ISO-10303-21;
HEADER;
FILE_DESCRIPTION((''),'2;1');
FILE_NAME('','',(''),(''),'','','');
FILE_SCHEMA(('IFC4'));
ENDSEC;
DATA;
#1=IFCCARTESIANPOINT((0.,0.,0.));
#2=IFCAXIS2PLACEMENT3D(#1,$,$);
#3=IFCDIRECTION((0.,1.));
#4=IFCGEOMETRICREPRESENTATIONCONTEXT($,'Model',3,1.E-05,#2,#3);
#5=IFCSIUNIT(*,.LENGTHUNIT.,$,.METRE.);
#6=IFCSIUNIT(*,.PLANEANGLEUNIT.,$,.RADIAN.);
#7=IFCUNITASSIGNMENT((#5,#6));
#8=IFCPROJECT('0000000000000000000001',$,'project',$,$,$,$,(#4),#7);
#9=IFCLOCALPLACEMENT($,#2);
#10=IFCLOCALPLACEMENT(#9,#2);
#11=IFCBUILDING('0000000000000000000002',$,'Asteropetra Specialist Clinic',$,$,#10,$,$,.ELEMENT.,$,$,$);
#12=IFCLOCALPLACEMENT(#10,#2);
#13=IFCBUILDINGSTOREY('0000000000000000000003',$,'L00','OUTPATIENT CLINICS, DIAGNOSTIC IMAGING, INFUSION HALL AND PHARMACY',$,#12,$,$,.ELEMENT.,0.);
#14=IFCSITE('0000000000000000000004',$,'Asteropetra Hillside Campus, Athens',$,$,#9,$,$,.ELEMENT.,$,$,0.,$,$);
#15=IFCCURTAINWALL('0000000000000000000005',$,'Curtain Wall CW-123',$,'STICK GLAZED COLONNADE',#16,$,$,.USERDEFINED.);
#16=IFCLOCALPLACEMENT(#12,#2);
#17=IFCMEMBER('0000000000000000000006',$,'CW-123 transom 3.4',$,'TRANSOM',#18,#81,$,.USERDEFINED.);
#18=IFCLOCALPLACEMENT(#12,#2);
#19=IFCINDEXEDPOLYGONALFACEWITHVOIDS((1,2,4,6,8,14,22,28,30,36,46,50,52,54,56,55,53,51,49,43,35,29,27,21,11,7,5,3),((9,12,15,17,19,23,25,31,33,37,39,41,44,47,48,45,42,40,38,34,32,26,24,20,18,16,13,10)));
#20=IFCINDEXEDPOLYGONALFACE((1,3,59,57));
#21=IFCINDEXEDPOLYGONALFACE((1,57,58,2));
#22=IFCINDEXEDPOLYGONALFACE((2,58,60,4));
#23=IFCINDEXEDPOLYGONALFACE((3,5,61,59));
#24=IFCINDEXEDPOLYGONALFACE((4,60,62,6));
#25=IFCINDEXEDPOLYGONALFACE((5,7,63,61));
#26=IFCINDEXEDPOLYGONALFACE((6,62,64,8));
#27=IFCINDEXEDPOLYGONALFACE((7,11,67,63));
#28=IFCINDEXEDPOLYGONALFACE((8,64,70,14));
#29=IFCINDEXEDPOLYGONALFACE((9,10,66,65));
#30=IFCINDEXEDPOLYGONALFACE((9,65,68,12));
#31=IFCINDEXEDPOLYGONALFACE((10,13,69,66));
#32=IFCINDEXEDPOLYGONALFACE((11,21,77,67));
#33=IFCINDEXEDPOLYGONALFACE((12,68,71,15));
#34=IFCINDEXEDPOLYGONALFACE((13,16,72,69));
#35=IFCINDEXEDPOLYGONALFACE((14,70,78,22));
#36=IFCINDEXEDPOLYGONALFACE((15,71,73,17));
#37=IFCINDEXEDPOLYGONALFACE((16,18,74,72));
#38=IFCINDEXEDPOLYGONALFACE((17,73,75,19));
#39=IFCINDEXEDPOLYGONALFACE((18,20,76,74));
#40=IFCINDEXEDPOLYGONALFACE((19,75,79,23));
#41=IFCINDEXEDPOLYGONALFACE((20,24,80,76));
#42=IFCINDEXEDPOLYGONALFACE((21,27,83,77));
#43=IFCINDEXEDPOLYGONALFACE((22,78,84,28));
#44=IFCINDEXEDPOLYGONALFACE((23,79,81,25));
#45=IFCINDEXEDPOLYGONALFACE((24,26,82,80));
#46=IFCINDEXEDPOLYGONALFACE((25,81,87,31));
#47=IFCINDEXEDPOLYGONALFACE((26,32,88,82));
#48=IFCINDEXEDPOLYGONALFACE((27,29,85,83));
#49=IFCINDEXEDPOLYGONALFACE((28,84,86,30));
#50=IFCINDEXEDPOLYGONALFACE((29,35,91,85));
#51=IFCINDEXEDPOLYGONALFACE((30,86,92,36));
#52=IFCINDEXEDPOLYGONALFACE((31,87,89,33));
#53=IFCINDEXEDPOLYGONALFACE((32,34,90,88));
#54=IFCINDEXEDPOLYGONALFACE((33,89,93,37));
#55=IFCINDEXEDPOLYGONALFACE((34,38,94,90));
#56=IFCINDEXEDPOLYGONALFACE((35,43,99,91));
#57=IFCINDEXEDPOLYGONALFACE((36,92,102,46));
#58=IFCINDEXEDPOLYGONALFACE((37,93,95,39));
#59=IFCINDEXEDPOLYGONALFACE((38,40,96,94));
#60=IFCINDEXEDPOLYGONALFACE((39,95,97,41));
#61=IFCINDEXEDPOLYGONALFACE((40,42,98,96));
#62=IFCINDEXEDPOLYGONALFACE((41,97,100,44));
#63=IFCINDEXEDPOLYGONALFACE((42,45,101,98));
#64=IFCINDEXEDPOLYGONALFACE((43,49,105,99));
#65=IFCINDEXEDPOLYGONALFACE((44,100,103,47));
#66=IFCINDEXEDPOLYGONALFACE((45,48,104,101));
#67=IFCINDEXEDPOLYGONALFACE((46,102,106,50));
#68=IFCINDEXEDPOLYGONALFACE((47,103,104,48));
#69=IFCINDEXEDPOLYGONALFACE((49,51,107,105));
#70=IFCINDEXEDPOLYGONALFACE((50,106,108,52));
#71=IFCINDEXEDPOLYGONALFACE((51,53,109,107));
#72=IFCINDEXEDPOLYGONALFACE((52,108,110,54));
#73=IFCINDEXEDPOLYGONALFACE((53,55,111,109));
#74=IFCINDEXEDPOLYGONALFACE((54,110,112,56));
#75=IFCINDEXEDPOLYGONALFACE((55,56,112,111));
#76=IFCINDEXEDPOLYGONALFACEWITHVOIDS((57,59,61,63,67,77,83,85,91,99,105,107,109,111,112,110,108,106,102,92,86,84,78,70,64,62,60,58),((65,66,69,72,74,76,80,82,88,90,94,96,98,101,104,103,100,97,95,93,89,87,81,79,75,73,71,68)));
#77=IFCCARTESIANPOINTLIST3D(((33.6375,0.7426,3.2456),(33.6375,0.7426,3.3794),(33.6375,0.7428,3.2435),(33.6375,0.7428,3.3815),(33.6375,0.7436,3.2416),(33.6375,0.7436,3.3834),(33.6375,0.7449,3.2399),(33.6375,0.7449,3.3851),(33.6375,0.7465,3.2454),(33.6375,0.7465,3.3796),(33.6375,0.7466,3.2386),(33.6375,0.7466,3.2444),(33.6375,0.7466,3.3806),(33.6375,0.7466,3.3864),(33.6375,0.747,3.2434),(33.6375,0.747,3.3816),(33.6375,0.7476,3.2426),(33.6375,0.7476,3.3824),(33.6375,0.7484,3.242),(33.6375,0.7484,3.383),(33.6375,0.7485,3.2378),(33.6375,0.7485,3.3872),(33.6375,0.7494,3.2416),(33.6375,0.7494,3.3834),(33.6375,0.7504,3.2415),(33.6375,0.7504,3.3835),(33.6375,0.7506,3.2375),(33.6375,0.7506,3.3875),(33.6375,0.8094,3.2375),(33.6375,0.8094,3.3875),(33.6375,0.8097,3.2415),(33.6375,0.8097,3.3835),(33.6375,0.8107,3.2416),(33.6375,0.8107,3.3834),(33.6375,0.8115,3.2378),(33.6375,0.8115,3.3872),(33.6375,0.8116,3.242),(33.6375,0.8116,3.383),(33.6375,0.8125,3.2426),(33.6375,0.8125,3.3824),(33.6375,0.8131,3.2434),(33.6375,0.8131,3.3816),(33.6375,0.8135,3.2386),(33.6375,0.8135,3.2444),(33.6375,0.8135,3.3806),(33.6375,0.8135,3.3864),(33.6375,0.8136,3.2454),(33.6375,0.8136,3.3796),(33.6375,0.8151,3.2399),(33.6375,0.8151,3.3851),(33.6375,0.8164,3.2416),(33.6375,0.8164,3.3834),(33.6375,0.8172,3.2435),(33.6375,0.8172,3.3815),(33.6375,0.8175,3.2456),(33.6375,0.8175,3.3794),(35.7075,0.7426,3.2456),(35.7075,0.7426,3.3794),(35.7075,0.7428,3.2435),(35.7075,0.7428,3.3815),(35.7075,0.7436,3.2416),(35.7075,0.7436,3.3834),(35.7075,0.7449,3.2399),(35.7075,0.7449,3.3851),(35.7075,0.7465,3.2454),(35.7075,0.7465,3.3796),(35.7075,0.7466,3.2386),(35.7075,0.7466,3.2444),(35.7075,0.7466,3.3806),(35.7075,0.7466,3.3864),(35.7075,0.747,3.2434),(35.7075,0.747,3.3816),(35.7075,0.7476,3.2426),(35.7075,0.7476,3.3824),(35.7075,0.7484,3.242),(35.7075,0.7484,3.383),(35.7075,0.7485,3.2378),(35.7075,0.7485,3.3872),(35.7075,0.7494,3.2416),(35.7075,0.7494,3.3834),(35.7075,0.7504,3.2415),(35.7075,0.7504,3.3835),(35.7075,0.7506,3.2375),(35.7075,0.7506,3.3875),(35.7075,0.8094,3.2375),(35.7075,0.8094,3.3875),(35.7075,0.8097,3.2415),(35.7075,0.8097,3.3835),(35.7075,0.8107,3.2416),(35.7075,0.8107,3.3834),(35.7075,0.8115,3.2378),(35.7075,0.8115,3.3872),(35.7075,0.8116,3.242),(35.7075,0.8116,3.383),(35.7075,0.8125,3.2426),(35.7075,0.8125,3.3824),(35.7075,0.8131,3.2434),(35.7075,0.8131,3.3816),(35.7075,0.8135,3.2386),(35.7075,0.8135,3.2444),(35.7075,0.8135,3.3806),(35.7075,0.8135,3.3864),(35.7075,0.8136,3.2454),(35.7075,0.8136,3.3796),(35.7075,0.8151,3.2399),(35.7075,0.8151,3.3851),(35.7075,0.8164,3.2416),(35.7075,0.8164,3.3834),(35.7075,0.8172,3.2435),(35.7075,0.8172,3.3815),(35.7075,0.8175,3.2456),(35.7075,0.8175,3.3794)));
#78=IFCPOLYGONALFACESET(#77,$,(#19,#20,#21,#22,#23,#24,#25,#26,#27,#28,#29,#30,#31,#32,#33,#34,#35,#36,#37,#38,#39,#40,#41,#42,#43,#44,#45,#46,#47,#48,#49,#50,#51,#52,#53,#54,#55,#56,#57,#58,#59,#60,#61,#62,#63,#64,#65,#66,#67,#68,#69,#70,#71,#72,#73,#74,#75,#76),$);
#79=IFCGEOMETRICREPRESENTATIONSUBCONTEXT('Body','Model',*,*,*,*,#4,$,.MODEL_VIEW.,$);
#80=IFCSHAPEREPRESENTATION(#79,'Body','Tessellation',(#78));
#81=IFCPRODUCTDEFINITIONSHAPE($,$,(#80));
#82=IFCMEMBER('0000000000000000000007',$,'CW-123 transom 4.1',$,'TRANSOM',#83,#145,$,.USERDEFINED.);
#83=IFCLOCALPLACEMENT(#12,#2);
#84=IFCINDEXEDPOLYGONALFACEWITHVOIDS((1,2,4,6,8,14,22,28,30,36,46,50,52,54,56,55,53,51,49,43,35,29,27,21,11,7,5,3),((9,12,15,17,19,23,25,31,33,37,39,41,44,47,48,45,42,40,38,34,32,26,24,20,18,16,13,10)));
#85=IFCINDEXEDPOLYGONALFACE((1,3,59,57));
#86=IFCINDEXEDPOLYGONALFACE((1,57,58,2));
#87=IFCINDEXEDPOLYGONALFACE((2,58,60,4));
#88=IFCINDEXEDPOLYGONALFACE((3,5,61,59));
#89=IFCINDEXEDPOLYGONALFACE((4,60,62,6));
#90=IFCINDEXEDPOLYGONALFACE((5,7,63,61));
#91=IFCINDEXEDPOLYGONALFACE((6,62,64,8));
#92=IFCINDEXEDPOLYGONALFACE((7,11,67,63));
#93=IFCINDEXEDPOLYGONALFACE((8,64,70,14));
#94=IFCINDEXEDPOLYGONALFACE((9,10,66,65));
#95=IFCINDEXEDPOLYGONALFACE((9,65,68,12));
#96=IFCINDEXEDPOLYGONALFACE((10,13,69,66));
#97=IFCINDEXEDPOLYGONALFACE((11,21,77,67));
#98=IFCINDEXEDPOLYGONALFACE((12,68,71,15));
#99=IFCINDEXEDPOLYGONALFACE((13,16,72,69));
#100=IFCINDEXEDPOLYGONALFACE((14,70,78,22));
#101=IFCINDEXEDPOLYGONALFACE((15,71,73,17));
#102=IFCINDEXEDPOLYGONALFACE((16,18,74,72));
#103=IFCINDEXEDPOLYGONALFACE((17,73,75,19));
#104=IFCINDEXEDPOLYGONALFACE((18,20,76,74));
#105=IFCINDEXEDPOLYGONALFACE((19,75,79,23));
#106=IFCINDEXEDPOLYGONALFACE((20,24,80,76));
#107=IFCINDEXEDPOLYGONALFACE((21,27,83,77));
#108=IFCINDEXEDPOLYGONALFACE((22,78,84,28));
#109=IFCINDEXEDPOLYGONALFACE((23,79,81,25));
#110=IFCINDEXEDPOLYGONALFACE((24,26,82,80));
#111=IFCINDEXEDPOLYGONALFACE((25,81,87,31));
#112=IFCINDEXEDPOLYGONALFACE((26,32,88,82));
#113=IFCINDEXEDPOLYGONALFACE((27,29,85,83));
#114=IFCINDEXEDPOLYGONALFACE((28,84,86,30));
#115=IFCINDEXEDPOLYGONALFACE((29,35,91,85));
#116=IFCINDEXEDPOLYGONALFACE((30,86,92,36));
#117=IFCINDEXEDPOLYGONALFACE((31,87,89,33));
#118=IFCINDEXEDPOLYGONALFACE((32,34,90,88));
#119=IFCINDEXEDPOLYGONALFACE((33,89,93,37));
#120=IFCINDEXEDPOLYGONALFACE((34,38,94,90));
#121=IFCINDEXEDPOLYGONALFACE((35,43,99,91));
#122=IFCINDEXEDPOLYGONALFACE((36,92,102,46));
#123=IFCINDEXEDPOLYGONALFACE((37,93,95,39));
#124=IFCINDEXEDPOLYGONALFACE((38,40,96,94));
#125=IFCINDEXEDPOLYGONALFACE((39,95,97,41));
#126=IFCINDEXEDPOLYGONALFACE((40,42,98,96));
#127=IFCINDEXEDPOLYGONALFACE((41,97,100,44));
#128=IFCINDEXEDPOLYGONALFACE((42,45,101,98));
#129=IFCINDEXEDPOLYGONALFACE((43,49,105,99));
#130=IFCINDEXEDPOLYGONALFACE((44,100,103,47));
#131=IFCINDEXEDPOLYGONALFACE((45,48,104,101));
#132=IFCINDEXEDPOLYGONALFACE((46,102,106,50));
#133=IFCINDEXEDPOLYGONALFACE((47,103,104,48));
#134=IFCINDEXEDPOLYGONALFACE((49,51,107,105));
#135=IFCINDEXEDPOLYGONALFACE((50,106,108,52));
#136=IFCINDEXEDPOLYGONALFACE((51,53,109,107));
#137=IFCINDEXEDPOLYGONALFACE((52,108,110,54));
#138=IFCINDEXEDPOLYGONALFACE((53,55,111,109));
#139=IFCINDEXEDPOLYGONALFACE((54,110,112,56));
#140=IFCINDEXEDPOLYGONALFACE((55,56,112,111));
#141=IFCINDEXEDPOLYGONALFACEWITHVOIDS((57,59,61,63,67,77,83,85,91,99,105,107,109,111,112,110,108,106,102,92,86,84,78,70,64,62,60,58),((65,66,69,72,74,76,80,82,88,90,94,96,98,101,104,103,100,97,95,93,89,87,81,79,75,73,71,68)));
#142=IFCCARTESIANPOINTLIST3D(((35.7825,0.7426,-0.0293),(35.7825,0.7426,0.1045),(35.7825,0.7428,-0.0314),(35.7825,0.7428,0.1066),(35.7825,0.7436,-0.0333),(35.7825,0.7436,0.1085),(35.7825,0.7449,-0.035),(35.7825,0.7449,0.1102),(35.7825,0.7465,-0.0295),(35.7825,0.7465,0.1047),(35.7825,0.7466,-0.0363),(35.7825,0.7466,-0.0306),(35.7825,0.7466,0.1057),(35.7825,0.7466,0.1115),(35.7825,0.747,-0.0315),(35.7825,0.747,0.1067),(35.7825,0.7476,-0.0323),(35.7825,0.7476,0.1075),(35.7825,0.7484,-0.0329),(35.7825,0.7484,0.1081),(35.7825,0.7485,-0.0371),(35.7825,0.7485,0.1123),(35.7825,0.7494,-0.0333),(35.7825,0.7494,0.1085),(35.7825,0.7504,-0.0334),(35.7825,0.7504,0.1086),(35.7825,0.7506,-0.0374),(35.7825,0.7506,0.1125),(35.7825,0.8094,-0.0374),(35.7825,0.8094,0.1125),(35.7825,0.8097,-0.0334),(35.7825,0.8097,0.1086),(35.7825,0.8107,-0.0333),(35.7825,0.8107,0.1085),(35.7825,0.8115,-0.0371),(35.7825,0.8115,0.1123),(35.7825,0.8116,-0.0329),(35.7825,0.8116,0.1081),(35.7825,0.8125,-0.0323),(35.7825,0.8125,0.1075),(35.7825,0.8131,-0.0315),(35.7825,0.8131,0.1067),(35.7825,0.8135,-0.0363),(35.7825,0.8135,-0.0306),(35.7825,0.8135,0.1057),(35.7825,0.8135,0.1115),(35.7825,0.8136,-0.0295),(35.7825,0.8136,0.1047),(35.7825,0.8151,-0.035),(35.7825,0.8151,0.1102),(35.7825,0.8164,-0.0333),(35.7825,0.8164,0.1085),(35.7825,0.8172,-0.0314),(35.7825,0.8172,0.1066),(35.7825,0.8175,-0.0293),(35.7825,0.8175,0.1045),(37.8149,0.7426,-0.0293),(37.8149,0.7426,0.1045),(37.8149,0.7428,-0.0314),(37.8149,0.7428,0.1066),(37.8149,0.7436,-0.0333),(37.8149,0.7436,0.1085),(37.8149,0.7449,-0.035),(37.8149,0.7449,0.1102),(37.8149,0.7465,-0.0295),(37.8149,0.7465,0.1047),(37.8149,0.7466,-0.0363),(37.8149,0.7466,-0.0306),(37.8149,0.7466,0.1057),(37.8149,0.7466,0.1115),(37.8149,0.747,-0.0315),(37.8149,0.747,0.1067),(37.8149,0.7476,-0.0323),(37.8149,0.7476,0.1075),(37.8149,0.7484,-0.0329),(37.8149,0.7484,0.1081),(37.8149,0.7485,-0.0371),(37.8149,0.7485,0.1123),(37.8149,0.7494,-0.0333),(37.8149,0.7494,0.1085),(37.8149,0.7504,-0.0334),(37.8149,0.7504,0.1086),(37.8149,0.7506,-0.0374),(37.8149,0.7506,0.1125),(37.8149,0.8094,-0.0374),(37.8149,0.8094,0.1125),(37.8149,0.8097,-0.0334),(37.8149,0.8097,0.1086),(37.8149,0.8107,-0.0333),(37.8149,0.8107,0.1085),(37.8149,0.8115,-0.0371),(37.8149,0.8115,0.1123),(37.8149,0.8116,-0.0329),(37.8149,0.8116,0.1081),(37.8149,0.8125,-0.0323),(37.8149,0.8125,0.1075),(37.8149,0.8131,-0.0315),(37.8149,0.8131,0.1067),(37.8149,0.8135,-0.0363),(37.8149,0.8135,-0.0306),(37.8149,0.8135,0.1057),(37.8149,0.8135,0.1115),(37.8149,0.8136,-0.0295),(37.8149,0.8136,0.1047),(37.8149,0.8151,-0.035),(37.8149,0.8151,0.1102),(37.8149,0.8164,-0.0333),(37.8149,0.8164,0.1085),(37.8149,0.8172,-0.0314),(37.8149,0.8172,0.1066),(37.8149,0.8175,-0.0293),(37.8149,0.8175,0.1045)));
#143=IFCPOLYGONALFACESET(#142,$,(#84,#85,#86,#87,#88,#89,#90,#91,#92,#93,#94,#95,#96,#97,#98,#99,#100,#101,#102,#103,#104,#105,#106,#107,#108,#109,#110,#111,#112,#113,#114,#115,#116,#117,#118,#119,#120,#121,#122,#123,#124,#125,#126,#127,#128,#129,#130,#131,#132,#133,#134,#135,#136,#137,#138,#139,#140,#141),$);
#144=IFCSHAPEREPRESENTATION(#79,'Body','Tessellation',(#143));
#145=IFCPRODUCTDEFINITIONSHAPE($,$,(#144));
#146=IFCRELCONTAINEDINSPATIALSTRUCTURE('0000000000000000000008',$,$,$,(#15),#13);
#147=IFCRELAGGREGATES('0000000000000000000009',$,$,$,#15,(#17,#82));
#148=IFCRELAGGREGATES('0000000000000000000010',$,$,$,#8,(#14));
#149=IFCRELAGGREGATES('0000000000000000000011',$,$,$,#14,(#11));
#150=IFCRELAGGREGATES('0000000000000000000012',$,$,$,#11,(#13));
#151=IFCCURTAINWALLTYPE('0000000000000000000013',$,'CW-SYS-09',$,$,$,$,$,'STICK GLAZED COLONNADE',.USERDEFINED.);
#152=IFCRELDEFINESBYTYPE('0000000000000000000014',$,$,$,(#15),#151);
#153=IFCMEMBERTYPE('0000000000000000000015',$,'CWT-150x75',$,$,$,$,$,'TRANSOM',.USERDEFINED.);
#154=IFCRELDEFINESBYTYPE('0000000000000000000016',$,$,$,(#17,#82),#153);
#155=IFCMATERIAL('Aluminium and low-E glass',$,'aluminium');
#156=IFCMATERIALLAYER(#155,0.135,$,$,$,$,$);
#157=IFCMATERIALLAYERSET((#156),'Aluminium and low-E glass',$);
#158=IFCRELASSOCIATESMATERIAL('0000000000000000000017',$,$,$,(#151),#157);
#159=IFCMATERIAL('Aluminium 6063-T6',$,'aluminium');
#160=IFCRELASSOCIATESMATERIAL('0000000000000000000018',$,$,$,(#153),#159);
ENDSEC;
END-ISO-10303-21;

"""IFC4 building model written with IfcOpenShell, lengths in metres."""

from ifc_helpers import new_model, si_unit, direction, frame, origin, origin_2d, place, context, subcontext, project, spatial, hollow_rectangle, extrude, material, layer, layer_set, material_profile, profile_set, type_object, element, aggregate, save


model = new_model("IFC4")

# Units and contexts
model_context = context("Model", 3, precision=1e-05, world=origin(), true_north=direction((0.0, 1.0)))
body_context = subcontext(model_context, "Body", "Model", "MODEL_VIEW")
ifc_project = project(units=[si_unit("LENGTHUNIT", "METRE"), si_unit("PLANEANGLEUNIT", "RADIAN")], contexts=[model_context])

# Site, building, storey
site_placement = place(None, origin())
site = spatial("IfcSite", under=ifc_project, at=site_placement, Name="Asteropetra Hillside Campus, Athens", CompositionType="ELEMENT", RefElevation=0.0)
building_placement = place(site_placement, origin())
building = spatial("IfcBuilding", under=site, at=building_placement, Name="Asteropetra Specialist Clinic", CompositionType="ELEMENT")
storey_placement = place(building_placement, origin())
storey = spatial("IfcBuildingStorey", under=building, at=storey_placement, Name="L00", Description="OUTPATIENT CLINICS, DIAGNOSTIC IMAGING, INFUSION HALL AND PHARMACY", CompositionType="ELEMENT", Elevation=0.0)

# Curtain wall
ifc_material_1 = material(Name="Aluminium and low-E glass", Category="aluminium")
ifc_layer_1 = layer(ifc_material_1, 0.135)
ifc_layer_set_1 = layer_set([ifc_layer_1], Name="Aluminium and low-E glass")
curtain_wall_type_1 = type_object("IfcCurtainWallType", Name="CW-SYS-09", ElementType="STICK GLAZED COLONNADE", PredefinedType="USERDEFINED", material=ifc_layer_set_1)
curtain_wall_1_placement = place(storey_placement, origin())
curtain_wall_1 = element("IfcCurtainWall", 1, at=curtain_wall_1_placement, inside=storey, type_object=curtain_wall_type_1, Name="Curtain Wall CW-123", ObjectType="STICK GLAZED COLONNADE", PredefinedType="USERDEFINED")

# Members
ifc_material_2 = material(Name="Aluminium 6063-T6", Category="aluminium")
ifc_material_profile_1 = material_profile(ifc_material_2, hollow_rectangle(XDim=0.075, YDim=0.1499, WallThickness=0.0039, InnerFilletRadius=0.0039, OuterFilletRadius=0.0081, at=origin_2d()), Name="TRN 150x75x4.0")
ifc_profile_set_1 = profile_set([ifc_material_profile_1], Name="Aluminium 6063-T6")
member_type_1 = type_object("IfcMemberType", Name="CWT-150x75", ElementType="TRANSOM", PredefinedType="USERDEFINED", material=ifc_profile_set_1)
member_1_placement = place(storey_placement, frame((33.6375, 0.78, 3.3125), z_axis=(1.0, 0.0, 0.0), x_axis=(0.0, 1.0, 0.0)))
member_1 = element("IfcMember", 2, at=member_1_placement, type_object=member_type_1, Name="CW-123 transom 3.4", ObjectType="TRANSOM", PredefinedType="USERDEFINED", context=body_context, shape_type="SweptSolid", body=[
    extrude(hollow_rectangle(XDim=0.075, YDim=0.1499, WallThickness=0.0039, InnerFilletRadius=0.0039, OuterFilletRadius=0.0081, at=origin_2d()), origin(), (0.0, 0.0, 1.0), 2.0701),
])
member_2_placement = place(storey_placement, frame((35.7825, 0.78, 0.0376), z_axis=(1.0, 0.0, 0.0), x_axis=(0.0, 1.0, 0.0)))
member_2 = element("IfcMember", 3, at=member_2_placement, type_object=member_type_1, Name="CW-123 transom 4.1", ObjectType="TRANSOM", PredefinedType="USERDEFINED", context=body_context, shape_type="SweptSolid", body=[
    extrude(hollow_rectangle(XDim=0.075, YDim=0.1499, WallThickness=0.0039, InnerFilletRadius=0.0039, OuterFilletRadius=0.0081, at=origin_2d()), origin(), (0.0, 0.0, 1.0), 2.0325),
])

aggregate(curtain_wall_1, [member_1, member_2])

save(model, "model.ifc")
